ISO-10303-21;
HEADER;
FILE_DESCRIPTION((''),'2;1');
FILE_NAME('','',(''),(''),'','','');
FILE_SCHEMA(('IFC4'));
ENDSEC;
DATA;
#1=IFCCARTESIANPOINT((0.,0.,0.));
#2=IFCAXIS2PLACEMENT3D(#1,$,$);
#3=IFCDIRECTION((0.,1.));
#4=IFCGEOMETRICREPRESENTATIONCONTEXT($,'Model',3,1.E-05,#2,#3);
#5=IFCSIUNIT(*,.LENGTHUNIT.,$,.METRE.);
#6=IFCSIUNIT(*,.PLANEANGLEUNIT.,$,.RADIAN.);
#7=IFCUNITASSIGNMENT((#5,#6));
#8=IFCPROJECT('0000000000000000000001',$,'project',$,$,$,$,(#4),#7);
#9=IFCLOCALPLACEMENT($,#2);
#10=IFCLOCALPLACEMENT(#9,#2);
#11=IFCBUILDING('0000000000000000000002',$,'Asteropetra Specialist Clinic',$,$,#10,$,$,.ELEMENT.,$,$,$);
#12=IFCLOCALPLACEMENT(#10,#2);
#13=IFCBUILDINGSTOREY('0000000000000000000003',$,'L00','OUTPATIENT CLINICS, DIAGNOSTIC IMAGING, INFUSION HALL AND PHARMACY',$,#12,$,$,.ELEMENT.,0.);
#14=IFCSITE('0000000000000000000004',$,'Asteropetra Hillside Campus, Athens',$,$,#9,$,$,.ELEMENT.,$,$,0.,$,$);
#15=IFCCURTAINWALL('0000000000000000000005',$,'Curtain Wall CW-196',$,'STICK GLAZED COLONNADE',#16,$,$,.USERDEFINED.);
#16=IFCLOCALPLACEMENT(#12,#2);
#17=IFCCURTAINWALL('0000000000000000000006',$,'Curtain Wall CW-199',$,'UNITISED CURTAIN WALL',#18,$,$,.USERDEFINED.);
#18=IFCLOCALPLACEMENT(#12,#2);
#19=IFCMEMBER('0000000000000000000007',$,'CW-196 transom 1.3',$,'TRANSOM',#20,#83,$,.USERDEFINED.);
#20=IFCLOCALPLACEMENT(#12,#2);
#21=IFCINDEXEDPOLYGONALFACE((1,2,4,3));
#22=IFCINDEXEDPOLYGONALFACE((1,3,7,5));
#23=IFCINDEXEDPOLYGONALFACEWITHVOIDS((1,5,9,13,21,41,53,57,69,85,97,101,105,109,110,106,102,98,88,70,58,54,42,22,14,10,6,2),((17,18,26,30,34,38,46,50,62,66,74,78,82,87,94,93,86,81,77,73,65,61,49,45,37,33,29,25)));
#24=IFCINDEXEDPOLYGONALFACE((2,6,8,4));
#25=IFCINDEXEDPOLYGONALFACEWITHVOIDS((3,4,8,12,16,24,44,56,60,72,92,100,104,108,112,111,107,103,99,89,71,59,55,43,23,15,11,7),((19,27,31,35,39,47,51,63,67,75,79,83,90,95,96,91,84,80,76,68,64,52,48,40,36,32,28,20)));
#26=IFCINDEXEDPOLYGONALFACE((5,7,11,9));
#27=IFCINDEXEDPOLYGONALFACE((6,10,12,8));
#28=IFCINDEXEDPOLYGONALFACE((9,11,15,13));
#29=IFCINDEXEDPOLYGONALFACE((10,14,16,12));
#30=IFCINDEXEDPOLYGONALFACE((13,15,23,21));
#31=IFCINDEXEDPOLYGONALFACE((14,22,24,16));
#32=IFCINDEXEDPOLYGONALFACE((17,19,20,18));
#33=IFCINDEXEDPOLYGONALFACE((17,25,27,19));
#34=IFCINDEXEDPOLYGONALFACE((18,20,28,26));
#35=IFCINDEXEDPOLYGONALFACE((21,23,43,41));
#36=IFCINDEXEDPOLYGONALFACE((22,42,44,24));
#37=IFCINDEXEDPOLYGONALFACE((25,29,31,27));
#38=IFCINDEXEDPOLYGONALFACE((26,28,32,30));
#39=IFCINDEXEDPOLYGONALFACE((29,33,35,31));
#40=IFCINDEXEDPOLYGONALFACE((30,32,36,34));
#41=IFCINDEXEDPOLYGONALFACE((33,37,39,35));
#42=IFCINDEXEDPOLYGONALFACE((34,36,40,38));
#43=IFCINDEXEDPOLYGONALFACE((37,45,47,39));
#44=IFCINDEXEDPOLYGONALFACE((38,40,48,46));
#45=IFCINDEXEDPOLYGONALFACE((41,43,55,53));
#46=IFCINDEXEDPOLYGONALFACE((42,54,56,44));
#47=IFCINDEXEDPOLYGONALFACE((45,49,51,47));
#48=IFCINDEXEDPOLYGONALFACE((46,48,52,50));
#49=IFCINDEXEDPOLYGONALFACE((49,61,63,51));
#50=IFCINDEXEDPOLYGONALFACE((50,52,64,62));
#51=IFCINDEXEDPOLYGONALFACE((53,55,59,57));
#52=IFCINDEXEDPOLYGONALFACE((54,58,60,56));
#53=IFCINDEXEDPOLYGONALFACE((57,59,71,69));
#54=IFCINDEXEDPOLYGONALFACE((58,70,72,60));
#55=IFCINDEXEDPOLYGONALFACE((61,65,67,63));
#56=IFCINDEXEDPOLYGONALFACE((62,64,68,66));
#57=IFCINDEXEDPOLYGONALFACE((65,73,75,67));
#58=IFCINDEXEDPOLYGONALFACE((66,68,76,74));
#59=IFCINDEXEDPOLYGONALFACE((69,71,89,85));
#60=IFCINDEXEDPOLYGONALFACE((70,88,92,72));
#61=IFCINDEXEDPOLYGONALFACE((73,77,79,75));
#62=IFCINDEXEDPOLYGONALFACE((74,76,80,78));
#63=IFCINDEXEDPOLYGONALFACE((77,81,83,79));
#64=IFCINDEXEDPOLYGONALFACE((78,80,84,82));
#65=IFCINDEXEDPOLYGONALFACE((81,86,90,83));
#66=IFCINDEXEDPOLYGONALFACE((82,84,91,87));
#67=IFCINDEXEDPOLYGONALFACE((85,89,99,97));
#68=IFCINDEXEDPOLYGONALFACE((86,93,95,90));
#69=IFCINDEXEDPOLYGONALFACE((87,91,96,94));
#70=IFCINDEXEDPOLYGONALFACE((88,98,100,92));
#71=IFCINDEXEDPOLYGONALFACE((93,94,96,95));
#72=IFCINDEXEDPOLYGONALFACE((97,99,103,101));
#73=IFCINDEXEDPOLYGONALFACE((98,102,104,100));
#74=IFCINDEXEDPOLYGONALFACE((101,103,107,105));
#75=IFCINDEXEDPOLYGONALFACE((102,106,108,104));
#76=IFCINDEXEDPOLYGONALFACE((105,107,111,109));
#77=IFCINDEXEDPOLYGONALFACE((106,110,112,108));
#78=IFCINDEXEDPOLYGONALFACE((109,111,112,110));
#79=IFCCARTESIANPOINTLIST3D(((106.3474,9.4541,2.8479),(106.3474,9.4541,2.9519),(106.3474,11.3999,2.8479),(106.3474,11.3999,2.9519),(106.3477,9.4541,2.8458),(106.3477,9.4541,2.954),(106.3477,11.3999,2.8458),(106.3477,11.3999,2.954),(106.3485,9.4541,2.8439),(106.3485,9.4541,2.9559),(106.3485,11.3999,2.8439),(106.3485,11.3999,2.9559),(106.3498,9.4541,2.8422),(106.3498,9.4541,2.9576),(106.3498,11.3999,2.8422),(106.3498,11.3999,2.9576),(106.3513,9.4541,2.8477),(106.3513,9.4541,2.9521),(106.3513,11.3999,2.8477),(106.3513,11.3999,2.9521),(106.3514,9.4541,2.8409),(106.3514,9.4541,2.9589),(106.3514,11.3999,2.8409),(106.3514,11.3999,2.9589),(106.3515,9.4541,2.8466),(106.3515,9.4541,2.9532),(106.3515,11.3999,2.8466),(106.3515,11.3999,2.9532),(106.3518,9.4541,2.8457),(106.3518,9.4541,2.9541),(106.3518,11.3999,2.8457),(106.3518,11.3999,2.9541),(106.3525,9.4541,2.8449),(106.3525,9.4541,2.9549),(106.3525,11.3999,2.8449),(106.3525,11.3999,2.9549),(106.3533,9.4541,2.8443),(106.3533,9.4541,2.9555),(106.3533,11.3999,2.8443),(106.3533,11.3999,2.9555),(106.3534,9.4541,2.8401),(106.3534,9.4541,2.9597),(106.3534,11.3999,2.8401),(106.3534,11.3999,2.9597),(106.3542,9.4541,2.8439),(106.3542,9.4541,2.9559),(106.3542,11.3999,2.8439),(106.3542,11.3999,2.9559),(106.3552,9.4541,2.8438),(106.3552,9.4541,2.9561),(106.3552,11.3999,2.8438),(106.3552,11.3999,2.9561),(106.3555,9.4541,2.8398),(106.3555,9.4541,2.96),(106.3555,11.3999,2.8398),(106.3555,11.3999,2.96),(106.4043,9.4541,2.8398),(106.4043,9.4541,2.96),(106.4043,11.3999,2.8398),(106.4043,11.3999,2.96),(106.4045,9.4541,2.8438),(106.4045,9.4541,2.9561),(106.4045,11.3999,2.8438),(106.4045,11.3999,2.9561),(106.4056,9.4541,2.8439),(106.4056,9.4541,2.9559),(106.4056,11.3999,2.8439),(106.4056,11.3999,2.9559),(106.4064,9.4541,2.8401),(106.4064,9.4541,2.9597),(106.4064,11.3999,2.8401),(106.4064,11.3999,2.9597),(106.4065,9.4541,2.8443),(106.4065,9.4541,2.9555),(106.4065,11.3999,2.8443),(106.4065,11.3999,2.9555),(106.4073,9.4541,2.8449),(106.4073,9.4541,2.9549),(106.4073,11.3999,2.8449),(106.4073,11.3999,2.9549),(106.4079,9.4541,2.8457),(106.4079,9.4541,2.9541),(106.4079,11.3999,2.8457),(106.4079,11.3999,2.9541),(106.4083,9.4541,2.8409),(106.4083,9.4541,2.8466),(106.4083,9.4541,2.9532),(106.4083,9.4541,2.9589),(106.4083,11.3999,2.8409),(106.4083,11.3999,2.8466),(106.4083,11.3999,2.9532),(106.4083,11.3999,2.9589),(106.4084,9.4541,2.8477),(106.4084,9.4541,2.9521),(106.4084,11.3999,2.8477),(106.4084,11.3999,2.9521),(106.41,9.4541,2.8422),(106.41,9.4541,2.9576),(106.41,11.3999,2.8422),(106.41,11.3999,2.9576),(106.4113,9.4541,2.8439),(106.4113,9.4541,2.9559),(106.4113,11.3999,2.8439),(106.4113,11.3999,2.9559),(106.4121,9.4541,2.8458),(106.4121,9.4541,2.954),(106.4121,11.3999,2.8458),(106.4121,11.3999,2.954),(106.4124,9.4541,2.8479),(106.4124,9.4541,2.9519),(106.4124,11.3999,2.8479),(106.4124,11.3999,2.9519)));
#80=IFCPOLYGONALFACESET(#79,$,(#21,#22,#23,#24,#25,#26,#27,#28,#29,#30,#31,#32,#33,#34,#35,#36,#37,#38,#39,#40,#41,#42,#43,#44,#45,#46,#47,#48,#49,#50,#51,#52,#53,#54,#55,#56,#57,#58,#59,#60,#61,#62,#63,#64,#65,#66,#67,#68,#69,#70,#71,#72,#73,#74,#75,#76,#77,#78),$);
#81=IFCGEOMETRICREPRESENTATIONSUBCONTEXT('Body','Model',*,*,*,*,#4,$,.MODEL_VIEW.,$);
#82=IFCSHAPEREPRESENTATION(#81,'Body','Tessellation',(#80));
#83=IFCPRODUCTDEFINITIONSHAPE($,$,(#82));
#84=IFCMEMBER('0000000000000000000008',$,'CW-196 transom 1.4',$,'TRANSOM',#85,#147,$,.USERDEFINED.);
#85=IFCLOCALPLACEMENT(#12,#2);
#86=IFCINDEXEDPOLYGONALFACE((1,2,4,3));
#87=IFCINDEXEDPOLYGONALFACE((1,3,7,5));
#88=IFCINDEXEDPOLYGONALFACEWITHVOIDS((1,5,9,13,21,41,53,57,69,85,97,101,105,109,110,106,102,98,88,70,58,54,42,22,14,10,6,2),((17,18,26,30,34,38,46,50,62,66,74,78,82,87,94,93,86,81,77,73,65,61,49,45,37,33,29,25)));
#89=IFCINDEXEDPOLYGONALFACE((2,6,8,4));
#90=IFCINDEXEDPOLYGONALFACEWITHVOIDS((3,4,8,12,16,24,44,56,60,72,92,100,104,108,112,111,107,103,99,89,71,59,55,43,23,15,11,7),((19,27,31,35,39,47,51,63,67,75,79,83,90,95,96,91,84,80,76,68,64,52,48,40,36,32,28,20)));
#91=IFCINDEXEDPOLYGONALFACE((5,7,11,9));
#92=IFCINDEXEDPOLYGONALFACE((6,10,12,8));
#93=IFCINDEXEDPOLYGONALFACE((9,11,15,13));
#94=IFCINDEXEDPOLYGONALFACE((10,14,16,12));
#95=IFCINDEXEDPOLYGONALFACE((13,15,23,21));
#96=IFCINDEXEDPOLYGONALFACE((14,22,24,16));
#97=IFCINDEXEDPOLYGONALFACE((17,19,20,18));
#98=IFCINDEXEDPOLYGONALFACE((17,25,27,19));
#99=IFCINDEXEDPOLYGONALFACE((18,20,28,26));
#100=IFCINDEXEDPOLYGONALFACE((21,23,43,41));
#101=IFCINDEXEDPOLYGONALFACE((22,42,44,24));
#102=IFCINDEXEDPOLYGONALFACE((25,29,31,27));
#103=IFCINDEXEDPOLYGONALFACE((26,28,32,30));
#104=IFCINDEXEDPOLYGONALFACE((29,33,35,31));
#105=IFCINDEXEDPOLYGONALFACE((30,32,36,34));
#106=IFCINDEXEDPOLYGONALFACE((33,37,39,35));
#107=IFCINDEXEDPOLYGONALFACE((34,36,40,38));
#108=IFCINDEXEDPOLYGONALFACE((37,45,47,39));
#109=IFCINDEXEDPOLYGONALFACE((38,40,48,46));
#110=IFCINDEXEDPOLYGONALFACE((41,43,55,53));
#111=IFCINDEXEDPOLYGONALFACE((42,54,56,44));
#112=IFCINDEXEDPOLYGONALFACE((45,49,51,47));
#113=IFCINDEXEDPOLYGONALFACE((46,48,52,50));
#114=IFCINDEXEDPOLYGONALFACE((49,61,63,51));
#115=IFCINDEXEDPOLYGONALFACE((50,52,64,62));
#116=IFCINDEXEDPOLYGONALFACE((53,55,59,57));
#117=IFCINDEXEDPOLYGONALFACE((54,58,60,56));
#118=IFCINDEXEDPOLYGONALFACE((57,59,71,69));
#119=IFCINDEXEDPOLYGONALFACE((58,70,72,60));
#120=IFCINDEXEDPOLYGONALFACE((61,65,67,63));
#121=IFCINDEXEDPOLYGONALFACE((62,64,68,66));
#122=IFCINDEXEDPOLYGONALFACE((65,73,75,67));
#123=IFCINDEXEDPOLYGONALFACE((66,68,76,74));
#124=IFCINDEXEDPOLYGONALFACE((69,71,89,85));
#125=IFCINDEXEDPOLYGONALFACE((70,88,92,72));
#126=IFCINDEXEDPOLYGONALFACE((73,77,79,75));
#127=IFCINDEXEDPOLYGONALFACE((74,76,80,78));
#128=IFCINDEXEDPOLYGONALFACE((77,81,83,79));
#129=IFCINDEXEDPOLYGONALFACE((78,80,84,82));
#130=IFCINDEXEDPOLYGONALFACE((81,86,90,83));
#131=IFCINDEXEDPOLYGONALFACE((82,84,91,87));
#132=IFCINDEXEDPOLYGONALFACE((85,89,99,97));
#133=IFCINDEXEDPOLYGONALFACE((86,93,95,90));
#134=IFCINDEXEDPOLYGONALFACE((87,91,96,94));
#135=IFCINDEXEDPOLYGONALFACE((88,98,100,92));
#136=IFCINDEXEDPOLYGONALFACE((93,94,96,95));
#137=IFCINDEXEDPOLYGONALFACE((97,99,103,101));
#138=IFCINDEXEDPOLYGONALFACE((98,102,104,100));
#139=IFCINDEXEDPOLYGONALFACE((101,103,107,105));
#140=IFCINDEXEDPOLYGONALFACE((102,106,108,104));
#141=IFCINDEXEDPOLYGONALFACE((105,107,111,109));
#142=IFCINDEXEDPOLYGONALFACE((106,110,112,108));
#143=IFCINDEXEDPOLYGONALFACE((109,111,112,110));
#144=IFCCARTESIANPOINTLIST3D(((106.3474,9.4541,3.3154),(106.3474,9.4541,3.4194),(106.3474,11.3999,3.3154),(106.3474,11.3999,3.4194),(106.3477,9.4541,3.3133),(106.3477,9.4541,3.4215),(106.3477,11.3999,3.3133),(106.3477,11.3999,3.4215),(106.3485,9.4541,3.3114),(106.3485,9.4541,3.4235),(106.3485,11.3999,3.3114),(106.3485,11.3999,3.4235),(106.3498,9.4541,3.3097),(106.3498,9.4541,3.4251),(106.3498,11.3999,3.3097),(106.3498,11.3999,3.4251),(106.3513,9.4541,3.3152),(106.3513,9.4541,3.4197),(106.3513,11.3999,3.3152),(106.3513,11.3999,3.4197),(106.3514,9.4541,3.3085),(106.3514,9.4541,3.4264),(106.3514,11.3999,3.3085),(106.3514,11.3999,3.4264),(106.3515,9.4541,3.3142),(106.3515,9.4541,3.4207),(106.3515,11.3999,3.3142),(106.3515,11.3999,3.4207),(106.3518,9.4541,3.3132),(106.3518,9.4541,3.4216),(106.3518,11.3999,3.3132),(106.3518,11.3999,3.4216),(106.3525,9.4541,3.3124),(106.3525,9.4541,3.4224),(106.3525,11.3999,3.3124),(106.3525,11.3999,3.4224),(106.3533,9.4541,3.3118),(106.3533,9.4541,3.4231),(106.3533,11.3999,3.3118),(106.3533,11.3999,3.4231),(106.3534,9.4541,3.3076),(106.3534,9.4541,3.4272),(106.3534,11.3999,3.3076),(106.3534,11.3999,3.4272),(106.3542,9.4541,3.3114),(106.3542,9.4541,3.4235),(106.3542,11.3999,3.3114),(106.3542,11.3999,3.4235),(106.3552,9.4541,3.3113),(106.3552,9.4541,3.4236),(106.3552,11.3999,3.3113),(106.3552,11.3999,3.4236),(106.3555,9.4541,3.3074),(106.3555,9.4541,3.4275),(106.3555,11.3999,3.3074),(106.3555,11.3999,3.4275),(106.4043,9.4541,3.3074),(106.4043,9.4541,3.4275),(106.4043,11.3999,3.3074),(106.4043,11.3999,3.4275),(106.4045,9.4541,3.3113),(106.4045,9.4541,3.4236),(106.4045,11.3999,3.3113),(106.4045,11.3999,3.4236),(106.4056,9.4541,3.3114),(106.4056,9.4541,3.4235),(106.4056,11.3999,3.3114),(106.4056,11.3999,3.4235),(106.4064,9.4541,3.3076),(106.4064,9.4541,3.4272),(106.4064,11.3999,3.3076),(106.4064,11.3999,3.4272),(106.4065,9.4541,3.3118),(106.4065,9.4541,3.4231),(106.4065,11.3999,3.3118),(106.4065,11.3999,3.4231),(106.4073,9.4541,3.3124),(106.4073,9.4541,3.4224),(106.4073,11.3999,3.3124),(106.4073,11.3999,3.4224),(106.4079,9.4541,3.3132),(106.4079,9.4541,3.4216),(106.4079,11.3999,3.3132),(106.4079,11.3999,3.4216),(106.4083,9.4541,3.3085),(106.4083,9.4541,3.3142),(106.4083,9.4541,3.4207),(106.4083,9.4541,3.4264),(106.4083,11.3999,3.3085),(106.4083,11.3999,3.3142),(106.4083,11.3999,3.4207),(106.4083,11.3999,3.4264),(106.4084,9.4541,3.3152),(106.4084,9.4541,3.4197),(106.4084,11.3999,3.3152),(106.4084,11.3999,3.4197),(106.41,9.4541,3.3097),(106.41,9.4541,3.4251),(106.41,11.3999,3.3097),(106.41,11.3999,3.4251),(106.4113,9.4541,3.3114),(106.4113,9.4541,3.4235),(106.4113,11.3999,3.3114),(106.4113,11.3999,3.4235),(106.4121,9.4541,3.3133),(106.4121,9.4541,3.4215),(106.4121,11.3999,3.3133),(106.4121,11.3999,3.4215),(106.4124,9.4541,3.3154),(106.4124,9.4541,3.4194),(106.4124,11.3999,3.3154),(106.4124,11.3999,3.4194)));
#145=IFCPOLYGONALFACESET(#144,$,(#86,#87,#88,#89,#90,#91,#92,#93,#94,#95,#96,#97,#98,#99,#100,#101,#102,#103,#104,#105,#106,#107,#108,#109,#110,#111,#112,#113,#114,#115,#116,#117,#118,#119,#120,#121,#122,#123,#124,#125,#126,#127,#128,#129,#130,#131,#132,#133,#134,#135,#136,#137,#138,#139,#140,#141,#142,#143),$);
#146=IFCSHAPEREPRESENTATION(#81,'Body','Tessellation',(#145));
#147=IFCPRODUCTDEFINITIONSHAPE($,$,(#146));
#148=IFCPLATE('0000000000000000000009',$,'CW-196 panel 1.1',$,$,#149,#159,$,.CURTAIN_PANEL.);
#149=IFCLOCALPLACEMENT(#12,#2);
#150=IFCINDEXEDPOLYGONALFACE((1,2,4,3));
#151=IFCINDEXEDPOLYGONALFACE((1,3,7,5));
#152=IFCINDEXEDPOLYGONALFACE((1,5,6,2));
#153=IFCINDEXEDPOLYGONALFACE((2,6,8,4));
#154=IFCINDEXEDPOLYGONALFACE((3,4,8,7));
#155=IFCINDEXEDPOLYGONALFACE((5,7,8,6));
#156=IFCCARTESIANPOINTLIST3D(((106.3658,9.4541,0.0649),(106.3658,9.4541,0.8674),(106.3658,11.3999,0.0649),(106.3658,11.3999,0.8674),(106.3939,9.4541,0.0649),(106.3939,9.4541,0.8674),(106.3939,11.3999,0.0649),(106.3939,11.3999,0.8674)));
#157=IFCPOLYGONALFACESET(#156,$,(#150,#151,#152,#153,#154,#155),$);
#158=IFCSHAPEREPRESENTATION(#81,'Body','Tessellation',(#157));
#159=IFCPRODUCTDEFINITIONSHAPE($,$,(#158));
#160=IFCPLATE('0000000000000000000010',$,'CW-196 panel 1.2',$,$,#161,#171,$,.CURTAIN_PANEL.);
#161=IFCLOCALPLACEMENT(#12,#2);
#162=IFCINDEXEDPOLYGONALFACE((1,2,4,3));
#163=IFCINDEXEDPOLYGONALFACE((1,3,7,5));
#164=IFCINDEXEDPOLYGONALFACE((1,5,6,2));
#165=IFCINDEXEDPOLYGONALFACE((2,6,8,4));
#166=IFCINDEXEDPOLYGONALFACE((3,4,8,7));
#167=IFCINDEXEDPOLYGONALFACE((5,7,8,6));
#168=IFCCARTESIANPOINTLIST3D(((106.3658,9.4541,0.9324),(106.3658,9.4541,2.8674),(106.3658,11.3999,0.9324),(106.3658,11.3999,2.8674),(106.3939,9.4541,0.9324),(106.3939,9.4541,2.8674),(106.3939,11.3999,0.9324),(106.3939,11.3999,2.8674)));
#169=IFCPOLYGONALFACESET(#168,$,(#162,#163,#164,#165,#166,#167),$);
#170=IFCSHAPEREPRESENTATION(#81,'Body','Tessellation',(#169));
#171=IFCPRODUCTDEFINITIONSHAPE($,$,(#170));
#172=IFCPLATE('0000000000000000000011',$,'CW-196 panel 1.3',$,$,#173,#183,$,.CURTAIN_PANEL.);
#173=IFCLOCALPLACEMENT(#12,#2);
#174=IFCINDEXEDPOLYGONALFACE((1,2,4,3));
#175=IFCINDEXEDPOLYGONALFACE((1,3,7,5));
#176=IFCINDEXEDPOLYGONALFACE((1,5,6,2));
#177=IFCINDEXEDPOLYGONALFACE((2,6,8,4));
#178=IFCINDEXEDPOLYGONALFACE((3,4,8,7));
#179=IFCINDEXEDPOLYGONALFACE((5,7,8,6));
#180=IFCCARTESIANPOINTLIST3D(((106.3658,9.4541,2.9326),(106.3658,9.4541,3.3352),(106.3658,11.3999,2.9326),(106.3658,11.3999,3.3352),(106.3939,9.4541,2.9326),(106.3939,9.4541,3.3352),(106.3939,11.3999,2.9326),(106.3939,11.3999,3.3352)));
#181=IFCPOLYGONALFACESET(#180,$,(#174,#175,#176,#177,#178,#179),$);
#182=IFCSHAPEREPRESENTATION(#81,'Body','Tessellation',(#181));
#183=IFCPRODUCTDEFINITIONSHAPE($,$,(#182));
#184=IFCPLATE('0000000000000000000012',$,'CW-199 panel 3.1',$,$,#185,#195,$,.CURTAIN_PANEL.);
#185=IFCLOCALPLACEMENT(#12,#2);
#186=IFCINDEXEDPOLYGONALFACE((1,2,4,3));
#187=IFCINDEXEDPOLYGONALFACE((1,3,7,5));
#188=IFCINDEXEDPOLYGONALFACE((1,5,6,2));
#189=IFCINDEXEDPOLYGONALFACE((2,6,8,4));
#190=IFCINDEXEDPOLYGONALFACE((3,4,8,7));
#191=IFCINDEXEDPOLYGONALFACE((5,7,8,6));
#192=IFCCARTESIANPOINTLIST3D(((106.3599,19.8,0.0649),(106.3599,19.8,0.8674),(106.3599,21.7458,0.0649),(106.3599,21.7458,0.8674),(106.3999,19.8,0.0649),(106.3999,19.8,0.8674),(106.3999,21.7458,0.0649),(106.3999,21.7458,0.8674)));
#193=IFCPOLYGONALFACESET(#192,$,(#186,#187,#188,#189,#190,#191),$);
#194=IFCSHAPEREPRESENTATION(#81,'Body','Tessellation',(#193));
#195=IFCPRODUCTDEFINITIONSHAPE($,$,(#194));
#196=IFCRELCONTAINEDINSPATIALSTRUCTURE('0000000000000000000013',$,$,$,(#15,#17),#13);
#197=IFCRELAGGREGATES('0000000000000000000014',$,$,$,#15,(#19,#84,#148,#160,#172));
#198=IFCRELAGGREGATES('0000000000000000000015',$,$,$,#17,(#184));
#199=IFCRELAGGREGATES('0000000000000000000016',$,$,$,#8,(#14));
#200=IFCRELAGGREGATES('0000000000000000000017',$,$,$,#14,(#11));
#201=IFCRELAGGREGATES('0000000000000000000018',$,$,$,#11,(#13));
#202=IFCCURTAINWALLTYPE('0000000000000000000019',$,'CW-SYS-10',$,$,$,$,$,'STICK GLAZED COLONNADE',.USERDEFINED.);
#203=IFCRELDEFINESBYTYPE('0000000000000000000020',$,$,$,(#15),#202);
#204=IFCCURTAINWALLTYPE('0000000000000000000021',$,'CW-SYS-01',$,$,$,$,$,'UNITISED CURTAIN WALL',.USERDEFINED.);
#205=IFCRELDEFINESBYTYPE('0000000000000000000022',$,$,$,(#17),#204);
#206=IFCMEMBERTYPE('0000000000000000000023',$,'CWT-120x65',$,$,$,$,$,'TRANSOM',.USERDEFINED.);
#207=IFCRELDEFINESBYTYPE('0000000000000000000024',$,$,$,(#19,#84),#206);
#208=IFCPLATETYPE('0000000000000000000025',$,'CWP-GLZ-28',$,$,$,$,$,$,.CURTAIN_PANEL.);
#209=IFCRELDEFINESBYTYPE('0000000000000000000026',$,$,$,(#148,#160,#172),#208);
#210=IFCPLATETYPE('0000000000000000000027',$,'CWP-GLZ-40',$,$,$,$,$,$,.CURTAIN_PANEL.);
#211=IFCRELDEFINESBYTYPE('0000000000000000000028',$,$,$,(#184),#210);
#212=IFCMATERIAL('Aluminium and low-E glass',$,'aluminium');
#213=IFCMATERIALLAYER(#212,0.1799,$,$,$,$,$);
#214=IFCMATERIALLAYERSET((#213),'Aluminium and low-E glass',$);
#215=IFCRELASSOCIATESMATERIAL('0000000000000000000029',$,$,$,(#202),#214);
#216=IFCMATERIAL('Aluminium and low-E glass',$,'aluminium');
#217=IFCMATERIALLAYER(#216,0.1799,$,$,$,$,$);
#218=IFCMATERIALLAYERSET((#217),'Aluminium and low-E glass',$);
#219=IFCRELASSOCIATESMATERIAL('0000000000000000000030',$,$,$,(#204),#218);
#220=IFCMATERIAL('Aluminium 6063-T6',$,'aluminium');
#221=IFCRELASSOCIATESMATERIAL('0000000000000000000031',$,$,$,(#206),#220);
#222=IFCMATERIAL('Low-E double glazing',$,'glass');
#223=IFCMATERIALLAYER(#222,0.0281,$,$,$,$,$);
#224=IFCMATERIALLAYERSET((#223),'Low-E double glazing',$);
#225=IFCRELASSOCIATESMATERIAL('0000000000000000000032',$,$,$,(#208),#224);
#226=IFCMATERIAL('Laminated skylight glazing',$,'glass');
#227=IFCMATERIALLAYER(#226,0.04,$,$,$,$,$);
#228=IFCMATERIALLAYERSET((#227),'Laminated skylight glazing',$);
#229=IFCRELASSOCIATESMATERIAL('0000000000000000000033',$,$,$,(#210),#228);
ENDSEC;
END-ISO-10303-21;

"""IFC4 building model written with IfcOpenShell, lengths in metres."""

from ifc_helpers import new_model, si_unit, direction, frame, origin, origin_2d, place, context, subcontext, project, spatial, rectangle, hollow_rectangle, extrude, material, layer, layer_set, material_profile, profile_set, type_object, element, aggregate, save


model = new_model("IFC4")

# Units and contexts
model_context = context("Model", 3, precision=1e-05, world=origin(), true_north=direction((0.0, 1.0)))
body_context = subcontext(model_context, "Body", "Model", "MODEL_VIEW")
ifc_project = project(units=[si_unit("LENGTHUNIT", "METRE"), si_unit("PLANEANGLEUNIT", "RADIAN")], contexts=[model_context])

# Site, building, storey
site_placement = place(None, origin())
site = spatial("IfcSite", under=ifc_project, at=site_placement, Name="Asteropetra Hillside Campus, Athens", CompositionType="ELEMENT", RefElevation=0.0)
building_placement = place(site_placement, origin())
building = spatial("IfcBuilding", under=site, at=building_placement, Name="Asteropetra Specialist Clinic", CompositionType="ELEMENT")
storey_placement = place(building_placement, origin())
storey = spatial("IfcBuildingStorey", under=building, at=storey_placement, Name="L00", Description="OUTPATIENT CLINICS, DIAGNOSTIC IMAGING, INFUSION HALL AND PHARMACY", CompositionType="ELEMENT", Elevation=0.0)

# Curtain wall
ifc_material_1 = material(Name="Aluminium and low-E glass", Category="aluminium")
ifc_layer_1 = layer(ifc_material_1, 0.1799)
ifc_layer_set_1 = layer_set([ifc_layer_1], Name="Aluminium and low-E glass")
curtain_wall_type_1 = type_object("IfcCurtainWallType", Name="CW-SYS-10", ElementType="STICK GLAZED COLONNADE", PredefinedType="USERDEFINED", material=ifc_layer_set_1)
curtain_wall_1_placement = place(storey_placement, origin())
curtain_wall_1 = element("IfcCurtainWall", 1, at=curtain_wall_1_placement, inside=storey, type_object=curtain_wall_type_1, Name="Curtain Wall CW-196", ObjectType="STICK GLAZED COLONNADE", PredefinedType="USERDEFINED")

# Curtain wall
ifc_material_2 = material(Name="Aluminium and low-E glass", Category="aluminium")
ifc_layer_2 = layer(ifc_material_2, 0.1799)
ifc_layer_set_2 = layer_set([ifc_layer_2], Name="Aluminium and low-E glass")
curtain_wall_type_2 = type_object("IfcCurtainWallType", Name="CW-SYS-01", ElementType="UNITISED CURTAIN WALL", PredefinedType="USERDEFINED", material=ifc_layer_set_2)
curtain_wall_2_placement = place(storey_placement, origin())
curtain_wall_2 = element("IfcCurtainWall", 2, at=curtain_wall_2_placement, inside=storey, type_object=curtain_wall_type_2, Name="Curtain Wall CW-199", ObjectType="UNITISED CURTAIN WALL", PredefinedType="USERDEFINED")

# Members
ifc_material_3 = material(Name="Aluminium 6063-T6", Category="aluminium")
ifc_material_profile_1 = material_profile(ifc_material_3, hollow_rectangle(XDim=0.0649, YDim=0.1201, WallThickness=0.0039, InnerFilletRadius=0.0039, OuterFilletRadius=0.0081, at=origin_2d()), Name="TRN 120x65x4.0")
ifc_profile_set_1 = profile_set([ifc_material_profile_1], Name="Aluminium 6063-T6")
member_type_1 = type_object("IfcMemberType", Name="CWT-120x65", ElementType="TRANSOM", PredefinedType="USERDEFINED", material=ifc_profile_set_1)
member_1_placement = place(storey_placement, frame((106.3799, 11.3999, 2.8999), z_axis=(0.0, -1.0, 0.0), x_axis=(1.0, 0.0, 0.0)))
member_1 = element("IfcMember", 3, at=member_1_placement, type_object=member_type_1, Name="CW-196 transom 1.3", ObjectType="TRANSOM", PredefinedType="USERDEFINED", context=body_context, shape_type="SweptSolid", body=[
    extrude(hollow_rectangle(XDim=0.0649, YDim=0.1201, WallThickness=0.0039, InnerFilletRadius=0.0039, OuterFilletRadius=0.0081, at=origin_2d()), origin(), (0.0, 0.0, 1.0), 1.9458),
])
member_2_placement = place(storey_placement, frame((106.3799, 11.3999, 3.3674), z_axis=(0.0, -1.0, 0.0), x_axis=(1.0, 0.0, 0.0)))
member_2 = element("IfcMember", 4, at=member_2_placement, type_object=member_type_1, Name="CW-196 transom 1.4", ObjectType="TRANSOM", PredefinedType="USERDEFINED", context=body_context, shape_type="SweptSolid", body=[
    extrude(hollow_rectangle(XDim=0.0649, YDim=0.1201, WallThickness=0.0039, InnerFilletRadius=0.0039, OuterFilletRadius=0.0081, at=origin_2d()), origin(), (0.0, 0.0, 1.0), 1.9458),
])

# Plates
ifc_material_4 = material(Name="Low-E double glazing", Category="glass")
ifc_layer_3 = layer(ifc_material_4, 0.0281)
ifc_layer_set_3 = layer_set([ifc_layer_3], Name="Low-E double glazing")
plate_type_1 = type_object("IfcPlateType", Name="CWP-GLZ-28", PredefinedType="CURTAIN_PANEL", material=ifc_layer_set_3)
plate_1_placement = place(storey_placement, frame((106.3799, 10.427, 0.0649), z_axis=(0.0, 0.0, 1.0), x_axis=(0.0, -1.0, 0.0)))
plate_1 = element("IfcPlate", 5, at=plate_1_placement, type_object=plate_type_1, Name="CW-196 panel 1.1", PredefinedType="CURTAIN_PANEL", context=body_context, shape_type="SweptSolid", body=[
    extrude(rectangle(XDim=1.9458, YDim=0.0281, at=origin_2d()), origin(), (0.0, 0.0, 1.0), 0.8025),
])
plate_2_placement = place(storey_placement, frame((106.3799, 10.427, 0.9324), z_axis=(0.0, 0.0, 1.0), x_axis=(0.0, -1.0, 0.0)))
plate_2 = element("IfcPlate", 6, at=plate_2_placement, type_object=plate_type_1, Name="CW-196 panel 1.2", PredefinedType="CURTAIN_PANEL", context=body_context, shape_type="SweptSolid", body=[
    extrude(rectangle(XDim=1.9458, YDim=0.0281, at=origin_2d()), origin(), (0.0, 0.0, 1.0), 1.9351),
])
plate_3_placement = place(storey_placement, frame((106.3799, 10.427, 2.9326), z_axis=(0.0, 0.0, 1.0), x_axis=(0.0, -1.0, 0.0)))
plate_3 = element("IfcPlate", 7, at=plate_3_placement, type_object=plate_type_1, Name="CW-196 panel 1.3", PredefinedType="CURTAIN_PANEL", context=body_context, shape_type="SweptSolid", body=[
    extrude(rectangle(XDim=1.9458, YDim=0.0281, at=origin_2d()), origin(), (0.0, 0.0, 1.0), 0.4026),
])
aggregate(curtain_wall_1, [member_1, member_2, plate_1, plate_2, plate_3])
ifc_material_5 = material(Name="Laminated skylight glazing", Category="glass")
ifc_layer_4 = layer(ifc_material_5, 0.04)
ifc_layer_set_4 = layer_set([ifc_layer_4], Name="Laminated skylight glazing")
plate_type_2 = type_object("IfcPlateType", Name="CWP-GLZ-40", PredefinedType="CURTAIN_PANEL", material=ifc_layer_set_4)
plate_4_placement = place(storey_placement, frame((106.3799, 20.7729, 0.0649), z_axis=(0.0, 0.0, 1.0), x_axis=(0.0, -1.0, 0.0)))
plate_4 = element("IfcPlate", 8, at=plate_4_placement, type_object=plate_type_2, Name="CW-199 panel 3.1", PredefinedType="CURTAIN_PANEL", context=body_context, shape_type="SweptSolid", body=[
    extrude(rectangle(XDim=1.9458, YDim=0.04, at=origin_2d()), origin(), (0.0, 0.0, 1.0), 0.8025),
])
aggregate(curtain_wall_2, [plate_4])

save(model, "model.ifc")
